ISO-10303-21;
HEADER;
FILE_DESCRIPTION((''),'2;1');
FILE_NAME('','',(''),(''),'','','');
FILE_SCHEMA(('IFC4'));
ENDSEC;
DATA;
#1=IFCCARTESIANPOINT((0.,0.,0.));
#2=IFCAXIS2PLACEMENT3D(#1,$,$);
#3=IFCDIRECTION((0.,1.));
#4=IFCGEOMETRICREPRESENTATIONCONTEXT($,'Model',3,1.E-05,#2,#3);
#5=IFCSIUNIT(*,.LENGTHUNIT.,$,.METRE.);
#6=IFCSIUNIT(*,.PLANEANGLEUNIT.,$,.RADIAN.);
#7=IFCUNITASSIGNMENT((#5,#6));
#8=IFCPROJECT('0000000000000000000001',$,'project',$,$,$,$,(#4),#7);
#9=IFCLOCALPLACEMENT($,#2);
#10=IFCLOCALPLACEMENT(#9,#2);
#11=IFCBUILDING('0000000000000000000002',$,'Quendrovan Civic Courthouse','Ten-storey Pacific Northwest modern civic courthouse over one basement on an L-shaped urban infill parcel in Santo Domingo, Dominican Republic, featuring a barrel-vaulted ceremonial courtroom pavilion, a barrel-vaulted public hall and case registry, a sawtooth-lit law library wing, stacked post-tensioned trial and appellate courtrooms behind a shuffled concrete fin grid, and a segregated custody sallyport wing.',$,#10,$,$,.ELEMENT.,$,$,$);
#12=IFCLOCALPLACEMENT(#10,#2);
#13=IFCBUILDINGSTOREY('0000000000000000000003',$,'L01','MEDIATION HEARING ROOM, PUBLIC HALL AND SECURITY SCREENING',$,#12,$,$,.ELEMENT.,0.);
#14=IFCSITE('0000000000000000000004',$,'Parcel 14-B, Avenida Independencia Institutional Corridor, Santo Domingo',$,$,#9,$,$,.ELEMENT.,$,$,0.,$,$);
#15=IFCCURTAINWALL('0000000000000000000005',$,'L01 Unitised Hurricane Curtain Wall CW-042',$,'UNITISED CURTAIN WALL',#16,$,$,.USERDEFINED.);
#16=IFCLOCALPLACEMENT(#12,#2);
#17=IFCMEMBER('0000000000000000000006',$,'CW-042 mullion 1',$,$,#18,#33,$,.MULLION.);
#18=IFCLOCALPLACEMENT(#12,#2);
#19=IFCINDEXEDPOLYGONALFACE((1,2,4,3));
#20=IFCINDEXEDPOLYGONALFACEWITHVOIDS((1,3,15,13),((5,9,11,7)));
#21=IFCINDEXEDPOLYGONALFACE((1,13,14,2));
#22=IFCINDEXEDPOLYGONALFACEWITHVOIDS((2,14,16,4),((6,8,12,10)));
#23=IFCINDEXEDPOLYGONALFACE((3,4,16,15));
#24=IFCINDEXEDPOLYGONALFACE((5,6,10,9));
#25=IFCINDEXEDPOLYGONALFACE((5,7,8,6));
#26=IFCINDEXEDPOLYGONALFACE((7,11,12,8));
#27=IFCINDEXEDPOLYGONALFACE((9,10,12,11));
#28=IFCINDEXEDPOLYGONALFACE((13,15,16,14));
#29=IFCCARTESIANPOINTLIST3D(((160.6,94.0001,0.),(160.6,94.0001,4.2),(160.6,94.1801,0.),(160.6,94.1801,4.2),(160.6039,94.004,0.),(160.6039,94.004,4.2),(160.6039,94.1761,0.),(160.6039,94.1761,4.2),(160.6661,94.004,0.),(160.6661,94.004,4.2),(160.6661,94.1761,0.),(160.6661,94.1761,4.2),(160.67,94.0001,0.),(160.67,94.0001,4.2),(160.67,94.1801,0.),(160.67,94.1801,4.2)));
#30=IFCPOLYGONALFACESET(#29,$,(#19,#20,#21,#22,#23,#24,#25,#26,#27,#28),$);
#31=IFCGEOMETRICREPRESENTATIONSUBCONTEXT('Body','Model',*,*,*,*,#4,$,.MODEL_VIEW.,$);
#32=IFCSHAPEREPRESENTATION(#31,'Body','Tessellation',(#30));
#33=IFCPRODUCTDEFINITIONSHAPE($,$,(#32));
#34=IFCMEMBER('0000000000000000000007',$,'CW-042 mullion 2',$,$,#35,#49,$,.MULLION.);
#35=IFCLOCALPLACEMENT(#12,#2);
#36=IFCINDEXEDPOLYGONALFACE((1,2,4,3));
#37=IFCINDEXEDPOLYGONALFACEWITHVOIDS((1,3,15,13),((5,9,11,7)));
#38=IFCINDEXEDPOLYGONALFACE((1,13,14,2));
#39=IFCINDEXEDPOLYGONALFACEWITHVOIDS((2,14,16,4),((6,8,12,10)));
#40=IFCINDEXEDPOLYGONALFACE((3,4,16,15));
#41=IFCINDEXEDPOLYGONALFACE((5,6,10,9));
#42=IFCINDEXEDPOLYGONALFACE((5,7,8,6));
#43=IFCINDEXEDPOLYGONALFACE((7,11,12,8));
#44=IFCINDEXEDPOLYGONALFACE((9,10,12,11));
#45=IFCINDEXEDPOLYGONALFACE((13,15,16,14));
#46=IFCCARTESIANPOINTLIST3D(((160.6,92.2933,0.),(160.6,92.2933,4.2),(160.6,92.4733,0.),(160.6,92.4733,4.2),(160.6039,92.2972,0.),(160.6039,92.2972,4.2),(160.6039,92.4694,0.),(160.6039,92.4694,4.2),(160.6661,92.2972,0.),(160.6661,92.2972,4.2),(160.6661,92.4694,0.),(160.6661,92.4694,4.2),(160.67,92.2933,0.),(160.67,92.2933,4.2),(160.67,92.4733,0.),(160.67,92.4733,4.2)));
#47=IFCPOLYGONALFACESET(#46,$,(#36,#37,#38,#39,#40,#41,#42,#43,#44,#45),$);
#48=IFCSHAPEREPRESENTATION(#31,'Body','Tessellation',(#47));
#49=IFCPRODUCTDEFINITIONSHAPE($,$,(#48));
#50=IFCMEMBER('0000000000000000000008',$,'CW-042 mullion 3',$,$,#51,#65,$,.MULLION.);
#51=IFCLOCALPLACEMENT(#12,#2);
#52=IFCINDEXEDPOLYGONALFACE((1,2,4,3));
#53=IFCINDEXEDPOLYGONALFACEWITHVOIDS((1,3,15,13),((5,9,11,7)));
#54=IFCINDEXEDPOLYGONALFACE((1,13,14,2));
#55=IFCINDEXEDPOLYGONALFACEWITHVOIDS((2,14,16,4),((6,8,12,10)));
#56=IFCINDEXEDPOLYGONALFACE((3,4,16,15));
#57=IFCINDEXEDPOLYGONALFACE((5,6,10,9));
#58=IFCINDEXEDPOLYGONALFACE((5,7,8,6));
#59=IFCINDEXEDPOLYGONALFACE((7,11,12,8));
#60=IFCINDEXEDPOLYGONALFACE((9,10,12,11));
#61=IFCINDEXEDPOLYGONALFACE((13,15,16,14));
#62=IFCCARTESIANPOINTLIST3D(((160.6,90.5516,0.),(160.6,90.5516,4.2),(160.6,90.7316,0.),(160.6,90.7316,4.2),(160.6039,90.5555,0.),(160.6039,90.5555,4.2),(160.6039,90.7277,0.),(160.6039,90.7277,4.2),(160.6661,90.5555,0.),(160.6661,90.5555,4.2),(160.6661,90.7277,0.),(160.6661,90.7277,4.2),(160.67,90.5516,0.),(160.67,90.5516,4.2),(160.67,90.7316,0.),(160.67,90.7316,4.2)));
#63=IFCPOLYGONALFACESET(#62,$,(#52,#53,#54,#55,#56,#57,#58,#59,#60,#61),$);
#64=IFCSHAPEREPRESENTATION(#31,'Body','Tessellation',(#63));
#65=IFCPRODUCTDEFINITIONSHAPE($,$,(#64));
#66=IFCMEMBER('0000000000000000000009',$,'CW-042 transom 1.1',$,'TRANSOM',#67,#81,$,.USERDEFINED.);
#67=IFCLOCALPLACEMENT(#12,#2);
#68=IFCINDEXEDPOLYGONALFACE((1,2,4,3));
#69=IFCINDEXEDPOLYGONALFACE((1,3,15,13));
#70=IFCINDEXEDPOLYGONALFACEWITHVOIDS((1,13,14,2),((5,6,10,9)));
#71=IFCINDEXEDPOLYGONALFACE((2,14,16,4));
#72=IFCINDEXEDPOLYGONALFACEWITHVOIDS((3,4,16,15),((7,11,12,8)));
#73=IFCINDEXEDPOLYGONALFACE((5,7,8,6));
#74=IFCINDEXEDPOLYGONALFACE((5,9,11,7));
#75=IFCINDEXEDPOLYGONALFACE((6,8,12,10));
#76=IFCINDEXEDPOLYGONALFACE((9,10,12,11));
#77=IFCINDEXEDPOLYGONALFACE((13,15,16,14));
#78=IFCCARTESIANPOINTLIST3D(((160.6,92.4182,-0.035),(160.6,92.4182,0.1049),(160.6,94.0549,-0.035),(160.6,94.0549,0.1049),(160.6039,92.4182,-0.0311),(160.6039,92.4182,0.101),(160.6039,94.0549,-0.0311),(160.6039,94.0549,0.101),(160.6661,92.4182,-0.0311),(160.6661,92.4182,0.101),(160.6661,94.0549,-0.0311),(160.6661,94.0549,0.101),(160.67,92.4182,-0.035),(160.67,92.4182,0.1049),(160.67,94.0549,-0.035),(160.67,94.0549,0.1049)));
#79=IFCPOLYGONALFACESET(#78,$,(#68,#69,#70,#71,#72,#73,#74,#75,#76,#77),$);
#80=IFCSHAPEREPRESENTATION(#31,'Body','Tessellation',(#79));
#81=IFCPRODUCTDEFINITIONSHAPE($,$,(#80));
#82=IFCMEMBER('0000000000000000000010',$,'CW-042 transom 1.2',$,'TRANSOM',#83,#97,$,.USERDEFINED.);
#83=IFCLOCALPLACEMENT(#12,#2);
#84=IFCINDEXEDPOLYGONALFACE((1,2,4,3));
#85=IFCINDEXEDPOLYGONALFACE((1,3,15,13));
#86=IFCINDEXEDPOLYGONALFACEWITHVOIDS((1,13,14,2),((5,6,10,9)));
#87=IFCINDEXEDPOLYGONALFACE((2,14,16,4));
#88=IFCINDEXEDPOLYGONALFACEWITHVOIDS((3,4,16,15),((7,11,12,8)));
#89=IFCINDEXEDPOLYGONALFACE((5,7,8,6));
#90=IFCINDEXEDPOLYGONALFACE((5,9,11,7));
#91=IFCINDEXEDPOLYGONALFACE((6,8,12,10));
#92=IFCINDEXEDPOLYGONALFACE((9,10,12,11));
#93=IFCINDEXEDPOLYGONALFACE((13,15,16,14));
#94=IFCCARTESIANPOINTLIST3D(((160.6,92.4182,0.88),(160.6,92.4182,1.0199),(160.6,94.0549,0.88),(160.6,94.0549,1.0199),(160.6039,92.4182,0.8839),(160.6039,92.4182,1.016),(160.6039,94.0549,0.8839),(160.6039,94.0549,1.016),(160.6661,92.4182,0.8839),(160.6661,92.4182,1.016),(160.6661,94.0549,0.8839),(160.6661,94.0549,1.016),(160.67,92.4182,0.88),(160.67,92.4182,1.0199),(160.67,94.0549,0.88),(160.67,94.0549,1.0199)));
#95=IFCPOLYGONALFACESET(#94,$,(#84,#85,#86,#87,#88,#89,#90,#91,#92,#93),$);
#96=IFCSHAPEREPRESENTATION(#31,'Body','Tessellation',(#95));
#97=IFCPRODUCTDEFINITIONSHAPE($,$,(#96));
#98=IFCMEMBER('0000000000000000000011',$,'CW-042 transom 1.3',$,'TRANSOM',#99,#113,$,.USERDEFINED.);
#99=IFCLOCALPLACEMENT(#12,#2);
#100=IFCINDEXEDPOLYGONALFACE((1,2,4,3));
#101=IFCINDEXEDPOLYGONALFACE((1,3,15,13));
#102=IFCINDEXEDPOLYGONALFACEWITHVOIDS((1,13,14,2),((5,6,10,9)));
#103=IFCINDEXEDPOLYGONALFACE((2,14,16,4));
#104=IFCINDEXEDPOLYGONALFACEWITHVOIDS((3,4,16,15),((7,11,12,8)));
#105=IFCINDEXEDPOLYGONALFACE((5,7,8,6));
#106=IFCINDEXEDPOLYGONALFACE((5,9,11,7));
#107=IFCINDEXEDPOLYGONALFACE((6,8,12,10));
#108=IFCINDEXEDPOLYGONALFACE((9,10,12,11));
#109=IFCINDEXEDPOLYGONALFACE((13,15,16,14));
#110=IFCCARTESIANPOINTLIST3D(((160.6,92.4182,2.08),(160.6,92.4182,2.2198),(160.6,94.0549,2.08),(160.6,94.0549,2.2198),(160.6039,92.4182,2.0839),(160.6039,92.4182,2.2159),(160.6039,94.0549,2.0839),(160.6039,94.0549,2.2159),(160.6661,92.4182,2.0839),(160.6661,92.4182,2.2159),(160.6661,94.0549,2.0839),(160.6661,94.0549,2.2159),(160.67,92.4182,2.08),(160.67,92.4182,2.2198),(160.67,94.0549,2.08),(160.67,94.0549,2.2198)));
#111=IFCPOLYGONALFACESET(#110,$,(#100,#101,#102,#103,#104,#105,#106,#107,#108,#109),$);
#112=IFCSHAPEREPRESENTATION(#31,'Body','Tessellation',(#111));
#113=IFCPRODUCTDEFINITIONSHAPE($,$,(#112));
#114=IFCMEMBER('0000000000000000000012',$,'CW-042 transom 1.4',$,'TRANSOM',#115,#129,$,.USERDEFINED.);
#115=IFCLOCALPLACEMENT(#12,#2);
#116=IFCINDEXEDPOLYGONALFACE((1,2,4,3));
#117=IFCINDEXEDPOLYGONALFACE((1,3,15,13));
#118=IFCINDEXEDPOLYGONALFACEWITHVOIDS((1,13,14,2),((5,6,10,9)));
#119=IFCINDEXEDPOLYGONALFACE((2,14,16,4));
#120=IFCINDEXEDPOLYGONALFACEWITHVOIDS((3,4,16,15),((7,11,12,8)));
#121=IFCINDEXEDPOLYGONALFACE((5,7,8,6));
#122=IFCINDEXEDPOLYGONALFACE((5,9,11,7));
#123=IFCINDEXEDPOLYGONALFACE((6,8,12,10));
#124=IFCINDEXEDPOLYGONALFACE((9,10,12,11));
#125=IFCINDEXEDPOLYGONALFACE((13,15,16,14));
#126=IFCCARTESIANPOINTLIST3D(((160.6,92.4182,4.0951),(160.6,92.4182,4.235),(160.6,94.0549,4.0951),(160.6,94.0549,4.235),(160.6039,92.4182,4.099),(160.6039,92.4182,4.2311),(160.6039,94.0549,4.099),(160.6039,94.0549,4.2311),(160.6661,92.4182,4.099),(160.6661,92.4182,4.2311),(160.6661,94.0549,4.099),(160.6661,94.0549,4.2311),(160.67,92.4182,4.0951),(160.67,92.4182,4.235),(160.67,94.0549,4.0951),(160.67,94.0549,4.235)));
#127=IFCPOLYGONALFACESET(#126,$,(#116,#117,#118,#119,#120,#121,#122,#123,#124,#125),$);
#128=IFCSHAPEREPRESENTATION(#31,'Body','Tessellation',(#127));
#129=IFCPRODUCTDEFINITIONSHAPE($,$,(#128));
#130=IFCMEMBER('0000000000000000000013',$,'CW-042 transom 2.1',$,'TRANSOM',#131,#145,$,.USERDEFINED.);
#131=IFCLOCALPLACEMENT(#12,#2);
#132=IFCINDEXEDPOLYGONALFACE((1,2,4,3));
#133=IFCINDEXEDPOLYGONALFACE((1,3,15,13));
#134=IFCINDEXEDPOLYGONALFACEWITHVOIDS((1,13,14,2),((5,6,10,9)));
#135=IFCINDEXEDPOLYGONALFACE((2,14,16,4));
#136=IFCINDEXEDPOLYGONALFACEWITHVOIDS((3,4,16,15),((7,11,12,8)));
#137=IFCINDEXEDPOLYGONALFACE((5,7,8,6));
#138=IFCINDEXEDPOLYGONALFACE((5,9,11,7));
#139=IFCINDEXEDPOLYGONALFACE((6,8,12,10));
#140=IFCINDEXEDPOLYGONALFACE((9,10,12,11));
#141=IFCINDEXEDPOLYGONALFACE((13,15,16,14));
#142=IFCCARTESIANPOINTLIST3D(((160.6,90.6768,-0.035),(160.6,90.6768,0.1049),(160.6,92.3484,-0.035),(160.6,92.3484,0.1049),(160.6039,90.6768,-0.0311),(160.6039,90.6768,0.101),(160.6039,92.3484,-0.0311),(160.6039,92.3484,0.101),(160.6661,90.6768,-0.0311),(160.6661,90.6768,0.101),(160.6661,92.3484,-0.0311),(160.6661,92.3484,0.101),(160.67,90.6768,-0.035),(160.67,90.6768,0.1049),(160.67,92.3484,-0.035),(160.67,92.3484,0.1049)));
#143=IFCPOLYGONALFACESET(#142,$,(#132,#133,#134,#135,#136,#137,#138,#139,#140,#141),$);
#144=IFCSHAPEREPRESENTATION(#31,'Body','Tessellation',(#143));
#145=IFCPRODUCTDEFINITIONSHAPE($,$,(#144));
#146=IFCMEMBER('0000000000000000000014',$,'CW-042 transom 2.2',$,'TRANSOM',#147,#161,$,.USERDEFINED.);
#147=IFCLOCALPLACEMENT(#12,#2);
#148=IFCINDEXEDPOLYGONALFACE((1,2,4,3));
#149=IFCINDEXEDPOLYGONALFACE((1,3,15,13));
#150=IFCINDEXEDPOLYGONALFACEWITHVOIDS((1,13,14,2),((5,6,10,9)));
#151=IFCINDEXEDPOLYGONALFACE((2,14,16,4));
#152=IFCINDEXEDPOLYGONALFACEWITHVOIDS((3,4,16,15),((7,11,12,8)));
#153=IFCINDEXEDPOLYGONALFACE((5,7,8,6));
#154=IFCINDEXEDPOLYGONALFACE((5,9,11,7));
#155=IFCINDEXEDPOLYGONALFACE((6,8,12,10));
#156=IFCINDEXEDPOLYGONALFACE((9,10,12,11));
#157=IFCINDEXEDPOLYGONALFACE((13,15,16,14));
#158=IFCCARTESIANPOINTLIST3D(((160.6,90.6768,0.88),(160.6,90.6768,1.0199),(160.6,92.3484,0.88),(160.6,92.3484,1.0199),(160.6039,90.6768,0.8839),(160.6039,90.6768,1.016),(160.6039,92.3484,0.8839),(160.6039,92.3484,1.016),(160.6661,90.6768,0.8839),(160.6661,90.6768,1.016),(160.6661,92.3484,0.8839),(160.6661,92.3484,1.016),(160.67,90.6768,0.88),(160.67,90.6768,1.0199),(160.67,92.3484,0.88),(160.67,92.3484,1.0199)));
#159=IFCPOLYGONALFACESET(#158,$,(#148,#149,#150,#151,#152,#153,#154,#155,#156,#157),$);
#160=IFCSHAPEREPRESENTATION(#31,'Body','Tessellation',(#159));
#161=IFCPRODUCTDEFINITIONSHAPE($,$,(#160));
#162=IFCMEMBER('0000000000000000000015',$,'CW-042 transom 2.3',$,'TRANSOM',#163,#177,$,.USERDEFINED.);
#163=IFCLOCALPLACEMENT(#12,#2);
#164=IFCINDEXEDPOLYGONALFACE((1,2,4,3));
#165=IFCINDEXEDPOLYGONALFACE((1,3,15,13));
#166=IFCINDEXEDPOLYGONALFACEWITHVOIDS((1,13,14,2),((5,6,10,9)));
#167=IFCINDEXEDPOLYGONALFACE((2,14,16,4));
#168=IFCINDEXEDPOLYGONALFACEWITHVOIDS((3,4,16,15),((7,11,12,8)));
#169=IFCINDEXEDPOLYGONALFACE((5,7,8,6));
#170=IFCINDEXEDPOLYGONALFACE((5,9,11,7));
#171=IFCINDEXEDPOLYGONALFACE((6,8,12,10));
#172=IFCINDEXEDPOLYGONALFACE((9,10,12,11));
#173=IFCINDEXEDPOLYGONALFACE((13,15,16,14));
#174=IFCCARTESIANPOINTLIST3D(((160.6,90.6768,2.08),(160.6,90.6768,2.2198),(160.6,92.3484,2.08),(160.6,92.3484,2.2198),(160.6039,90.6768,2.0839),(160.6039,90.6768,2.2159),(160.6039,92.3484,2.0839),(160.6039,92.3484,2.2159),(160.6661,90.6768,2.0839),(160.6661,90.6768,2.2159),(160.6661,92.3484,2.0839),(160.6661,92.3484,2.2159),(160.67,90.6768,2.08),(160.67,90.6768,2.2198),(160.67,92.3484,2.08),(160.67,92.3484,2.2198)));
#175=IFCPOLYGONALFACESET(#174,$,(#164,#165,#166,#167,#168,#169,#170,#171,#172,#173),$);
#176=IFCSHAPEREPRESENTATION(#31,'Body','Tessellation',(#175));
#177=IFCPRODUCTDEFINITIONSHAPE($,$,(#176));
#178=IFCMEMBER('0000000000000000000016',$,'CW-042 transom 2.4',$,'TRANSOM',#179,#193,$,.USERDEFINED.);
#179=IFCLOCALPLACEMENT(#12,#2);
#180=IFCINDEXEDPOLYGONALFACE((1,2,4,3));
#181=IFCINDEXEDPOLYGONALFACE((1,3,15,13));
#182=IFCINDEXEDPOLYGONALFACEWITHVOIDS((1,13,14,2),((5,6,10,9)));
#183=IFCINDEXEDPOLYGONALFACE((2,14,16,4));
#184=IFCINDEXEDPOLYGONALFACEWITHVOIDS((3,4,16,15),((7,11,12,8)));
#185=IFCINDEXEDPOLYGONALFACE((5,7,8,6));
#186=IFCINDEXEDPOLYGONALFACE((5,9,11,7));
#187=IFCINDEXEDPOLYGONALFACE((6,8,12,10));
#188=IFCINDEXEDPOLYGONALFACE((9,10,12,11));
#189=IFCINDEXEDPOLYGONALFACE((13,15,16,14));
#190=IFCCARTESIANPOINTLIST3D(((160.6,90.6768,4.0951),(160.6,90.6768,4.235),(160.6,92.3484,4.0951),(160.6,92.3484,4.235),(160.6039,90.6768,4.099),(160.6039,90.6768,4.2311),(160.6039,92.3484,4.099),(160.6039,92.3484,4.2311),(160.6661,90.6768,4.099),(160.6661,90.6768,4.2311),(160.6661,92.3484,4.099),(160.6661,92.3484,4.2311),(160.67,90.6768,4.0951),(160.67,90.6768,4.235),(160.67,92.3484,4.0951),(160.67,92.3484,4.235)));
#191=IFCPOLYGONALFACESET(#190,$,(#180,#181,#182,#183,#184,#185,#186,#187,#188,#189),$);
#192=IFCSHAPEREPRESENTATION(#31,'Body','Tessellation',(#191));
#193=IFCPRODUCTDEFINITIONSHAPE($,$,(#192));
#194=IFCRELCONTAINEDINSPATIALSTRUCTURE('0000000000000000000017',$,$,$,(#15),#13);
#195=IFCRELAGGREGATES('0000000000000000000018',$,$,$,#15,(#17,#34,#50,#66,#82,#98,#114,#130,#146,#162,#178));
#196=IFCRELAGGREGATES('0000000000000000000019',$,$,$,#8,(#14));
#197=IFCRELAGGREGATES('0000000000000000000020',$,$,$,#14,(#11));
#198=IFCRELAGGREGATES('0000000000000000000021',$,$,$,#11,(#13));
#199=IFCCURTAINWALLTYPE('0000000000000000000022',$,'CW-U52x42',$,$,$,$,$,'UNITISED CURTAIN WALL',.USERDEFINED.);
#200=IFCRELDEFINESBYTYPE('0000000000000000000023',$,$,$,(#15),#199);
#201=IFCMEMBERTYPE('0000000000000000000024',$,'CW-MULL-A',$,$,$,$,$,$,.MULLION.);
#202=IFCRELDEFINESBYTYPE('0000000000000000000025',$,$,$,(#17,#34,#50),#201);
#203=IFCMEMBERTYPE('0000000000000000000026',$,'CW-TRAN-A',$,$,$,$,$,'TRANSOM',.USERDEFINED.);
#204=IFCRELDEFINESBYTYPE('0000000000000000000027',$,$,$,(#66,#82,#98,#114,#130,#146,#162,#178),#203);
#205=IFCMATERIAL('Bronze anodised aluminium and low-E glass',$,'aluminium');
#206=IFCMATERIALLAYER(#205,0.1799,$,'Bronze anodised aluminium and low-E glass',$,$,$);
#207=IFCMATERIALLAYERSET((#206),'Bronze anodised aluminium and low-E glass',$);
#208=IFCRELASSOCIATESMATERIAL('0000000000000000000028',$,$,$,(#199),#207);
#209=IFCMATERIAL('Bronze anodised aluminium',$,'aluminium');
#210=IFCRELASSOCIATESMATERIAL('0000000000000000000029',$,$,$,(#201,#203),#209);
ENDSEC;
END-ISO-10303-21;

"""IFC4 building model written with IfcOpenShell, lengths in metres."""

from ifc_helpers import new_model, si_unit, direction, frame, origin, origin_2d, place, context, subcontext, project, spatial, hollow_rectangle, extrude, material, layer, layer_set, material_profile, profile_set, type_object, element, aggregate, save


model = new_model("IFC4")

# Units and contexts
model_context = context("Model", 3, precision=1e-05, world=origin(), true_north=direction((0.0, 1.0)))
body_context = subcontext(model_context, "Body", "Model", "MODEL_VIEW")
ifc_project = project(units=[si_unit("LENGTHUNIT", "METRE"), si_unit("PLANEANGLEUNIT", "RADIAN")], contexts=[model_context])

# Site, building, storey
site_placement = place(None, origin())
site = spatial("IfcSite", under=ifc_project, at=site_placement, Name="Parcel 14-B, Avenida Independencia Institutional Corridor, Santo Domingo", CompositionType="ELEMENT", RefElevation=0.0)
building_placement = place(site_placement, origin())
building = spatial("IfcBuilding", under=site, at=building_placement, Name="Quendrovan Civic Courthouse", Description="Ten-storey Pacific Northwest modern civic courthouse over one basement on an L-shaped urban infill parcel in Santo Domingo, Dominican Republic, featuring a barrel-vaulted ceremonial courtroom pavilion, a barrel-vaulted public hall and case registry, a sawtooth-lit law library wing, stacked post-tensioned trial and appellate courtrooms behind a shuffled concrete fin grid, and a segregated custody sallyport wing.", CompositionType="ELEMENT")
storey_placement = place(building_placement, origin())
storey = spatial("IfcBuildingStorey", under=building, at=storey_placement, Name="L01", Description="MEDIATION HEARING ROOM, PUBLIC HALL AND SECURITY SCREENING", CompositionType="ELEMENT", Elevation=0.0)

# Curtain wall, members
ifc_material_1 = material(Name="Bronze anodised aluminium and low-E glass", Category="aluminium")
ifc_layer_1 = layer(ifc_material_1, 0.1799, Name="Bronze anodised aluminium and low-E glass")
ifc_layer_set_1 = layer_set([ifc_layer_1], Name="Bronze anodised aluminium and low-E glass")
curtain_wall_type = type_object("IfcCurtainWallType", Name="CW-U52x42", ElementType="UNITISED CURTAIN WALL", PredefinedType="USERDEFINED", material=ifc_layer_set_1)
curtain_wall_placement = place(storey_placement, origin())
curtain_wall = element("IfcCurtainWall", 1, at=curtain_wall_placement, inside=storey, type_object=curtain_wall_type, Name="L01 Unitised Hurricane Curtain Wall CW-042", ObjectType="UNITISED CURTAIN WALL", PredefinedType="USERDEFINED")
ifc_material_2 = material(Name="Bronze anodised aluminium", Category="aluminium")
ifc_material_profile_1 = material_profile(ifc_material_2, hollow_rectangle(XDim=0.0701, YDim=0.1799, WallThickness=0.0039, at=origin_2d()), Name="CW-MULL-70x180")
ifc_profile_set_1 = profile_set([ifc_material_profile_1], Name="Bronze anodised aluminium")
member_type_1 = type_object("IfcMemberType", Name="CW-MULL-A", PredefinedType="MULLION", material=ifc_profile_set_1)
member_1_placement = place(storey_placement, frame((160.635, 94.0901, 0.0), z_axis=(0.0, 0.0, 1.0), x_axis=(1.0, 0.0, 0.0)))
member_1 = element("IfcMember", 2, at=member_1_placement, type_object=member_type_1, Name="CW-042 mullion 1", PredefinedType="MULLION", context=body_context, shape_type="SweptSolid", body=[
    extrude(hollow_rectangle(XDim=0.0701, YDim=0.1799, WallThickness=0.0039, at=origin_2d()), origin(), (0.0, 0.0, 1.0), 4.2),
])
member_2_placement = place(storey_placement, frame((160.635, 92.3833, 0.0), z_axis=(0.0, 0.0, 1.0), x_axis=(1.0, 0.0, 0.0)))
member_2 = element("IfcMember", 3, at=member_2_placement, type_object=member_type_1, Name="CW-042 mullion 2", PredefinedType="MULLION", context=body_context, shape_type="SweptSolid", body=[
    extrude(hollow_rectangle(XDim=0.0701, YDim=0.1799, WallThickness=0.0039, at=origin_2d()), origin(), (0.0, 0.0, 1.0), 4.2),
])
member_3_placement = place(storey_placement, frame((160.635, 90.6416, 0.0), z_axis=(0.0, 0.0, 1.0), x_axis=(1.0, 0.0, 0.0)))
member_3 = element("IfcMember", 4, at=member_3_placement, type_object=member_type_1, Name="CW-042 mullion 3", PredefinedType="MULLION", context=body_context, shape_type="SweptSolid", body=[
    extrude(hollow_rectangle(XDim=0.0701, YDim=0.1799, WallThickness=0.0039, at=origin_2d()), origin(), (0.0, 0.0, 1.0), 4.2),
])
ifc_material_profile_2 = material_profile(ifc_material_2, hollow_rectangle(XDim=0.0701, YDim=0.1399, WallThickness=0.0039, at=origin_2d()), Name="CW-TRAN-70x140")
ifc_profile_set_2 = profile_set([ifc_material_profile_2], Name="Bronze anodised aluminium")
member_type_2 = type_object("IfcMemberType", Name="CW-TRAN-A", ElementType="TRANSOM", PredefinedType="USERDEFINED", material=ifc_profile_set_2)
member_4_placement = place(storey_placement, frame((160.635, 94.0549, 0.0349), z_axis=(0.0, -1.0, 0.0), x_axis=(1.0, 0.0, 0.0)))
member_4 = element("IfcMember", 5, at=member_4_placement, type_object=member_type_2, Name="CW-042 transom 1.1", ObjectType="TRANSOM", PredefinedType="USERDEFINED", context=body_context, shape_type="SweptSolid", body=[
    extrude(hollow_rectangle(XDim=0.0701, YDim=0.1399, WallThickness=0.0039, at=origin_2d()), origin(), (0.0, 0.0, 1.0), 1.6367),
])
member_5_placement = place(storey_placement, frame((160.635, 94.0549, 0.95), z_axis=(0.0, -1.0, 0.0), x_axis=(1.0, 0.0, 0.0)))
member_5 = element("IfcMember", 6, at=member_5_placement, type_object=member_type_2, Name="CW-042 transom 1.2", ObjectType="TRANSOM", PredefinedType="USERDEFINED", context=body_context, shape_type="SweptSolid", body=[
    extrude(hollow_rectangle(XDim=0.0701, YDim=0.1399, WallThickness=0.0039, at=origin_2d()), origin(), (0.0, 0.0, 1.0), 1.6367),
])
member_6_placement = place(storey_placement, frame((160.635, 94.0549, 2.1499), z_axis=(0.0, -1.0, 0.0), x_axis=(1.0, 0.0, 0.0)))
member_6 = element("IfcMember", 7, at=member_6_placement, type_object=member_type_2, Name="CW-042 transom 1.3", ObjectType="TRANSOM", PredefinedType="USERDEFINED", context=body_context, shape_type="SweptSolid", body=[
    extrude(hollow_rectangle(XDim=0.0701, YDim=0.1399, WallThickness=0.0039, at=origin_2d()), origin(), (0.0, 0.0, 1.0), 1.6367),
])
member_7_placement = place(storey_placement, frame((160.635, 94.0549, 4.165), z_axis=(0.0, -1.0, 0.0), x_axis=(1.0, 0.0, 0.0)))
member_7 = element("IfcMember", 8, at=member_7_placement, type_object=member_type_2, Name="CW-042 transom 1.4", ObjectType="TRANSOM", PredefinedType="USERDEFINED", context=body_context, shape_type="SweptSolid", body=[
    extrude(hollow_rectangle(XDim=0.0701, YDim=0.1399, WallThickness=0.0039, at=origin_2d()), origin(), (0.0, 0.0, 1.0), 1.6367),
])
member_8_placement = place(storey_placement, frame((160.635, 92.3484, 0.0349), z_axis=(0.0, -1.0, 0.0), x_axis=(1.0, 0.0, 0.0)))
member_8 = element("IfcMember", 9, at=member_8_placement, type_object=member_type_2, Name="CW-042 transom 2.1", ObjectType="TRANSOM", PredefinedType="USERDEFINED", context=body_context, shape_type="SweptSolid", body=[
    extrude(hollow_rectangle(XDim=0.0701, YDim=0.1399, WallThickness=0.0039, at=origin_2d()), origin(), (0.0, 0.0, 1.0), 1.6716),
])
member_9_placement = place(storey_placement, frame((160.635, 92.3484, 0.95), z_axis=(0.0, -1.0, 0.0), x_axis=(1.0, 0.0, 0.0)))
member_9 = element("IfcMember", 10, at=member_9_placement, type_object=member_type_2, Name="CW-042 transom 2.2", ObjectType="TRANSOM", PredefinedType="USERDEFINED", context=body_context, shape_type="SweptSolid", body=[
    extrude(hollow_rectangle(XDim=0.0701, YDim=0.1399, WallThickness=0.0039, at=origin_2d()), origin(), (0.0, 0.0, 1.0), 1.6716),
])
member_10_placement = place(storey_placement, frame((160.635, 92.3484, 2.1499), z_axis=(0.0, -1.0, 0.0), x_axis=(1.0, 0.0, 0.0)))
member_10 = element("IfcMember", 11, at=member_10_placement, type_object=member_type_2, Name="CW-042 transom 2.3", ObjectType="TRANSOM", PredefinedType="USERDEFINED", context=body_context, shape_type="SweptSolid", body=[
    extrude(hollow_rectangle(XDim=0.0701, YDim=0.1399, WallThickness=0.0039, at=origin_2d()), origin(), (0.0, 0.0, 1.0), 1.6716),
])
member_11_placement = place(storey_placement, frame((160.635, 92.3484, 4.165), z_axis=(0.0, -1.0, 0.0), x_axis=(1.0, 0.0, 0.0)))
member_11 = element("IfcMember", 12, at=member_11_placement, type_object=member_type_2, Name="CW-042 transom 2.4", ObjectType="TRANSOM", PredefinedType="USERDEFINED", context=body_context, shape_type="SweptSolid", body=[
    extrude(hollow_rectangle(XDim=0.0701, YDim=0.1399, WallThickness=0.0039, at=origin_2d()), origin(), (0.0, 0.0, 1.0), 1.6716),
])
aggregate(curtain_wall, [member_1, member_2, member_3, member_4, member_5, member_6, member_7, member_8, member_9, member_10, member_11])

save(model, "model.ifc")
